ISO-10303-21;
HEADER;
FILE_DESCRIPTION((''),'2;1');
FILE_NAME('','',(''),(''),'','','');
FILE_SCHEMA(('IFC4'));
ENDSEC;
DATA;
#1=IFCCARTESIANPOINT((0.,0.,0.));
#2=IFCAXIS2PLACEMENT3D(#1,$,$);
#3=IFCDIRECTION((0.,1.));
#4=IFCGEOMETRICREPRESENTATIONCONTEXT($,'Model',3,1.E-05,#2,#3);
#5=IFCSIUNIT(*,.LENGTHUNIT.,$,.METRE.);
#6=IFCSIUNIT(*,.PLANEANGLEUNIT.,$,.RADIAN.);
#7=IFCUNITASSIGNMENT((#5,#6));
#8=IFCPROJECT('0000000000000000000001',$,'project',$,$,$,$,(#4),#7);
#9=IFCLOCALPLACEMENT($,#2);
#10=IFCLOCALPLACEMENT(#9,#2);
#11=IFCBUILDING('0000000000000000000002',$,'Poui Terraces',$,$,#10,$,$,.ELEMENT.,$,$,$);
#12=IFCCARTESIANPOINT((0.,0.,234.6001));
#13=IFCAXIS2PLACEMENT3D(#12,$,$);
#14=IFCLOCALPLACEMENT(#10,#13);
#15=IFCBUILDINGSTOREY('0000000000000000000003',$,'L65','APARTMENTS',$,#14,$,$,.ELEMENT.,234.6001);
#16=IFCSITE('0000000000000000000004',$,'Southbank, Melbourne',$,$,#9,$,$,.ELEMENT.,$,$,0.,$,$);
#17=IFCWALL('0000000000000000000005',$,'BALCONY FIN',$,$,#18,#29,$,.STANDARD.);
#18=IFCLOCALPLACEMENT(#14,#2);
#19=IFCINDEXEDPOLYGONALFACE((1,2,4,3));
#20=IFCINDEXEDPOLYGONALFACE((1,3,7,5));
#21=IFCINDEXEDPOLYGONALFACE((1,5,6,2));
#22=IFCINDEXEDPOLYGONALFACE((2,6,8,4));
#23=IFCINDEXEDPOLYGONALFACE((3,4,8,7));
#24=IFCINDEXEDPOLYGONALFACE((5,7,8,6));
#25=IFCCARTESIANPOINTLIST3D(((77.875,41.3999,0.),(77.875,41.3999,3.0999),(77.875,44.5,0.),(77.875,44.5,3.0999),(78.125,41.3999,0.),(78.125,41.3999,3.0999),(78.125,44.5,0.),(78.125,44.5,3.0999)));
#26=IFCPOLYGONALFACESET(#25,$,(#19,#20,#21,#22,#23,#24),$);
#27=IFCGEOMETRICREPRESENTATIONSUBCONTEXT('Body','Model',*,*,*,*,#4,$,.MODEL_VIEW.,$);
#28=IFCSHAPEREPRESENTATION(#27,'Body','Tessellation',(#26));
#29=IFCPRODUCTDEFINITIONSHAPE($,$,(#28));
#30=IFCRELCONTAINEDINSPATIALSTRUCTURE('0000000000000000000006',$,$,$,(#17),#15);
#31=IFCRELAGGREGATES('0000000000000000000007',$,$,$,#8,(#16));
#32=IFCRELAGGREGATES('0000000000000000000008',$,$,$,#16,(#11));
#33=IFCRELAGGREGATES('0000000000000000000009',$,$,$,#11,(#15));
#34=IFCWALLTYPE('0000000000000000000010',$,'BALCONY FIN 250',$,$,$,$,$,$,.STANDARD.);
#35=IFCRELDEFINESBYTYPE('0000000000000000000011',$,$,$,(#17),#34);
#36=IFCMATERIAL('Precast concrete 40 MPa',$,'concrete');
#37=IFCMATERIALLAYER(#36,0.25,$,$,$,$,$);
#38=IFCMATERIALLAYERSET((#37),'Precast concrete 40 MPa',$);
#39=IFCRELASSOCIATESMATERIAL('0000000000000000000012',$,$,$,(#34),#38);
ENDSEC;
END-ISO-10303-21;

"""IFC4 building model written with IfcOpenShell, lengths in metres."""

from ifc_helpers import new_model, si_unit, direction, frame, origin, place, context, subcontext, project, spatial, polyline, outline, extrude, source, transform, mapped, material, layer, layer_set, type_object, element, save


model = new_model("IFC4")

# Units and contexts
model_context = context("Model", 3, precision=1e-05, world=origin(), true_north=direction((0.0, 1.0)))
body_context = subcontext(model_context, "Body", "Model", "MODEL_VIEW")
ifc_project = project(units=[si_unit("LENGTHUNIT", "METRE"), si_unit("PLANEANGLEUNIT", "RADIAN")], contexts=[model_context])

# Site, building, storey
site_placement = place(None, origin())
site = spatial("IfcSite", under=ifc_project, at=site_placement, Name="Southbank, Melbourne", CompositionType="ELEMENT", RefElevation=0.0)
building_placement = place(site_placement, origin())
building = spatial("IfcBuilding", under=site, at=building_placement, Name="Poui Terraces", CompositionType="ELEMENT")
storey_placement = place(building_placement, frame((0.0, 0.0, 234.6001)))
storey = spatial("IfcBuildingStorey", under=building, at=storey_placement, Name="L65", Description="APARTMENTS", CompositionType="ELEMENT", Elevation=234.6001)

# Wall
ifc_material_1 = material(Name="Precast concrete 40 MPa", Category="concrete")
ifc_layer = layer(ifc_material_1, 0.25)
ifc_layer_set = layer_set([ifc_layer], Name="Precast concrete 40 MPa")
wall_type = type_object("IfcWallType", Name="BALCONY FIN 250", PredefinedType="STANDARD", material=ifc_layer_set)
shared_shape_1 = source(origin(), body_context, "Body", "SweptSolid", [
    extrude(outline(polyline([(0.0, 0.0), (0.25, 0.0), (0.25, 3.1001), (0.0, 3.1001), (0.0, 0.0)])), origin(), (0.0, 0.0, 1.0), 3.0999),
])
wall_placement = place(storey_placement, frame((77.875, 41.3999, 0.0)))
element("IfcWall", 1, at=wall_placement, inside=storey, type_object=wall_type, Name="BALCONY FIN", PredefinedType="STANDARD", context=body_context, shape_type="MappedRepresentation", body=[
    mapped(shared_shape_1, transform((0.0, 0.0, 0.0))),
])

save(model, "model.ifc")
